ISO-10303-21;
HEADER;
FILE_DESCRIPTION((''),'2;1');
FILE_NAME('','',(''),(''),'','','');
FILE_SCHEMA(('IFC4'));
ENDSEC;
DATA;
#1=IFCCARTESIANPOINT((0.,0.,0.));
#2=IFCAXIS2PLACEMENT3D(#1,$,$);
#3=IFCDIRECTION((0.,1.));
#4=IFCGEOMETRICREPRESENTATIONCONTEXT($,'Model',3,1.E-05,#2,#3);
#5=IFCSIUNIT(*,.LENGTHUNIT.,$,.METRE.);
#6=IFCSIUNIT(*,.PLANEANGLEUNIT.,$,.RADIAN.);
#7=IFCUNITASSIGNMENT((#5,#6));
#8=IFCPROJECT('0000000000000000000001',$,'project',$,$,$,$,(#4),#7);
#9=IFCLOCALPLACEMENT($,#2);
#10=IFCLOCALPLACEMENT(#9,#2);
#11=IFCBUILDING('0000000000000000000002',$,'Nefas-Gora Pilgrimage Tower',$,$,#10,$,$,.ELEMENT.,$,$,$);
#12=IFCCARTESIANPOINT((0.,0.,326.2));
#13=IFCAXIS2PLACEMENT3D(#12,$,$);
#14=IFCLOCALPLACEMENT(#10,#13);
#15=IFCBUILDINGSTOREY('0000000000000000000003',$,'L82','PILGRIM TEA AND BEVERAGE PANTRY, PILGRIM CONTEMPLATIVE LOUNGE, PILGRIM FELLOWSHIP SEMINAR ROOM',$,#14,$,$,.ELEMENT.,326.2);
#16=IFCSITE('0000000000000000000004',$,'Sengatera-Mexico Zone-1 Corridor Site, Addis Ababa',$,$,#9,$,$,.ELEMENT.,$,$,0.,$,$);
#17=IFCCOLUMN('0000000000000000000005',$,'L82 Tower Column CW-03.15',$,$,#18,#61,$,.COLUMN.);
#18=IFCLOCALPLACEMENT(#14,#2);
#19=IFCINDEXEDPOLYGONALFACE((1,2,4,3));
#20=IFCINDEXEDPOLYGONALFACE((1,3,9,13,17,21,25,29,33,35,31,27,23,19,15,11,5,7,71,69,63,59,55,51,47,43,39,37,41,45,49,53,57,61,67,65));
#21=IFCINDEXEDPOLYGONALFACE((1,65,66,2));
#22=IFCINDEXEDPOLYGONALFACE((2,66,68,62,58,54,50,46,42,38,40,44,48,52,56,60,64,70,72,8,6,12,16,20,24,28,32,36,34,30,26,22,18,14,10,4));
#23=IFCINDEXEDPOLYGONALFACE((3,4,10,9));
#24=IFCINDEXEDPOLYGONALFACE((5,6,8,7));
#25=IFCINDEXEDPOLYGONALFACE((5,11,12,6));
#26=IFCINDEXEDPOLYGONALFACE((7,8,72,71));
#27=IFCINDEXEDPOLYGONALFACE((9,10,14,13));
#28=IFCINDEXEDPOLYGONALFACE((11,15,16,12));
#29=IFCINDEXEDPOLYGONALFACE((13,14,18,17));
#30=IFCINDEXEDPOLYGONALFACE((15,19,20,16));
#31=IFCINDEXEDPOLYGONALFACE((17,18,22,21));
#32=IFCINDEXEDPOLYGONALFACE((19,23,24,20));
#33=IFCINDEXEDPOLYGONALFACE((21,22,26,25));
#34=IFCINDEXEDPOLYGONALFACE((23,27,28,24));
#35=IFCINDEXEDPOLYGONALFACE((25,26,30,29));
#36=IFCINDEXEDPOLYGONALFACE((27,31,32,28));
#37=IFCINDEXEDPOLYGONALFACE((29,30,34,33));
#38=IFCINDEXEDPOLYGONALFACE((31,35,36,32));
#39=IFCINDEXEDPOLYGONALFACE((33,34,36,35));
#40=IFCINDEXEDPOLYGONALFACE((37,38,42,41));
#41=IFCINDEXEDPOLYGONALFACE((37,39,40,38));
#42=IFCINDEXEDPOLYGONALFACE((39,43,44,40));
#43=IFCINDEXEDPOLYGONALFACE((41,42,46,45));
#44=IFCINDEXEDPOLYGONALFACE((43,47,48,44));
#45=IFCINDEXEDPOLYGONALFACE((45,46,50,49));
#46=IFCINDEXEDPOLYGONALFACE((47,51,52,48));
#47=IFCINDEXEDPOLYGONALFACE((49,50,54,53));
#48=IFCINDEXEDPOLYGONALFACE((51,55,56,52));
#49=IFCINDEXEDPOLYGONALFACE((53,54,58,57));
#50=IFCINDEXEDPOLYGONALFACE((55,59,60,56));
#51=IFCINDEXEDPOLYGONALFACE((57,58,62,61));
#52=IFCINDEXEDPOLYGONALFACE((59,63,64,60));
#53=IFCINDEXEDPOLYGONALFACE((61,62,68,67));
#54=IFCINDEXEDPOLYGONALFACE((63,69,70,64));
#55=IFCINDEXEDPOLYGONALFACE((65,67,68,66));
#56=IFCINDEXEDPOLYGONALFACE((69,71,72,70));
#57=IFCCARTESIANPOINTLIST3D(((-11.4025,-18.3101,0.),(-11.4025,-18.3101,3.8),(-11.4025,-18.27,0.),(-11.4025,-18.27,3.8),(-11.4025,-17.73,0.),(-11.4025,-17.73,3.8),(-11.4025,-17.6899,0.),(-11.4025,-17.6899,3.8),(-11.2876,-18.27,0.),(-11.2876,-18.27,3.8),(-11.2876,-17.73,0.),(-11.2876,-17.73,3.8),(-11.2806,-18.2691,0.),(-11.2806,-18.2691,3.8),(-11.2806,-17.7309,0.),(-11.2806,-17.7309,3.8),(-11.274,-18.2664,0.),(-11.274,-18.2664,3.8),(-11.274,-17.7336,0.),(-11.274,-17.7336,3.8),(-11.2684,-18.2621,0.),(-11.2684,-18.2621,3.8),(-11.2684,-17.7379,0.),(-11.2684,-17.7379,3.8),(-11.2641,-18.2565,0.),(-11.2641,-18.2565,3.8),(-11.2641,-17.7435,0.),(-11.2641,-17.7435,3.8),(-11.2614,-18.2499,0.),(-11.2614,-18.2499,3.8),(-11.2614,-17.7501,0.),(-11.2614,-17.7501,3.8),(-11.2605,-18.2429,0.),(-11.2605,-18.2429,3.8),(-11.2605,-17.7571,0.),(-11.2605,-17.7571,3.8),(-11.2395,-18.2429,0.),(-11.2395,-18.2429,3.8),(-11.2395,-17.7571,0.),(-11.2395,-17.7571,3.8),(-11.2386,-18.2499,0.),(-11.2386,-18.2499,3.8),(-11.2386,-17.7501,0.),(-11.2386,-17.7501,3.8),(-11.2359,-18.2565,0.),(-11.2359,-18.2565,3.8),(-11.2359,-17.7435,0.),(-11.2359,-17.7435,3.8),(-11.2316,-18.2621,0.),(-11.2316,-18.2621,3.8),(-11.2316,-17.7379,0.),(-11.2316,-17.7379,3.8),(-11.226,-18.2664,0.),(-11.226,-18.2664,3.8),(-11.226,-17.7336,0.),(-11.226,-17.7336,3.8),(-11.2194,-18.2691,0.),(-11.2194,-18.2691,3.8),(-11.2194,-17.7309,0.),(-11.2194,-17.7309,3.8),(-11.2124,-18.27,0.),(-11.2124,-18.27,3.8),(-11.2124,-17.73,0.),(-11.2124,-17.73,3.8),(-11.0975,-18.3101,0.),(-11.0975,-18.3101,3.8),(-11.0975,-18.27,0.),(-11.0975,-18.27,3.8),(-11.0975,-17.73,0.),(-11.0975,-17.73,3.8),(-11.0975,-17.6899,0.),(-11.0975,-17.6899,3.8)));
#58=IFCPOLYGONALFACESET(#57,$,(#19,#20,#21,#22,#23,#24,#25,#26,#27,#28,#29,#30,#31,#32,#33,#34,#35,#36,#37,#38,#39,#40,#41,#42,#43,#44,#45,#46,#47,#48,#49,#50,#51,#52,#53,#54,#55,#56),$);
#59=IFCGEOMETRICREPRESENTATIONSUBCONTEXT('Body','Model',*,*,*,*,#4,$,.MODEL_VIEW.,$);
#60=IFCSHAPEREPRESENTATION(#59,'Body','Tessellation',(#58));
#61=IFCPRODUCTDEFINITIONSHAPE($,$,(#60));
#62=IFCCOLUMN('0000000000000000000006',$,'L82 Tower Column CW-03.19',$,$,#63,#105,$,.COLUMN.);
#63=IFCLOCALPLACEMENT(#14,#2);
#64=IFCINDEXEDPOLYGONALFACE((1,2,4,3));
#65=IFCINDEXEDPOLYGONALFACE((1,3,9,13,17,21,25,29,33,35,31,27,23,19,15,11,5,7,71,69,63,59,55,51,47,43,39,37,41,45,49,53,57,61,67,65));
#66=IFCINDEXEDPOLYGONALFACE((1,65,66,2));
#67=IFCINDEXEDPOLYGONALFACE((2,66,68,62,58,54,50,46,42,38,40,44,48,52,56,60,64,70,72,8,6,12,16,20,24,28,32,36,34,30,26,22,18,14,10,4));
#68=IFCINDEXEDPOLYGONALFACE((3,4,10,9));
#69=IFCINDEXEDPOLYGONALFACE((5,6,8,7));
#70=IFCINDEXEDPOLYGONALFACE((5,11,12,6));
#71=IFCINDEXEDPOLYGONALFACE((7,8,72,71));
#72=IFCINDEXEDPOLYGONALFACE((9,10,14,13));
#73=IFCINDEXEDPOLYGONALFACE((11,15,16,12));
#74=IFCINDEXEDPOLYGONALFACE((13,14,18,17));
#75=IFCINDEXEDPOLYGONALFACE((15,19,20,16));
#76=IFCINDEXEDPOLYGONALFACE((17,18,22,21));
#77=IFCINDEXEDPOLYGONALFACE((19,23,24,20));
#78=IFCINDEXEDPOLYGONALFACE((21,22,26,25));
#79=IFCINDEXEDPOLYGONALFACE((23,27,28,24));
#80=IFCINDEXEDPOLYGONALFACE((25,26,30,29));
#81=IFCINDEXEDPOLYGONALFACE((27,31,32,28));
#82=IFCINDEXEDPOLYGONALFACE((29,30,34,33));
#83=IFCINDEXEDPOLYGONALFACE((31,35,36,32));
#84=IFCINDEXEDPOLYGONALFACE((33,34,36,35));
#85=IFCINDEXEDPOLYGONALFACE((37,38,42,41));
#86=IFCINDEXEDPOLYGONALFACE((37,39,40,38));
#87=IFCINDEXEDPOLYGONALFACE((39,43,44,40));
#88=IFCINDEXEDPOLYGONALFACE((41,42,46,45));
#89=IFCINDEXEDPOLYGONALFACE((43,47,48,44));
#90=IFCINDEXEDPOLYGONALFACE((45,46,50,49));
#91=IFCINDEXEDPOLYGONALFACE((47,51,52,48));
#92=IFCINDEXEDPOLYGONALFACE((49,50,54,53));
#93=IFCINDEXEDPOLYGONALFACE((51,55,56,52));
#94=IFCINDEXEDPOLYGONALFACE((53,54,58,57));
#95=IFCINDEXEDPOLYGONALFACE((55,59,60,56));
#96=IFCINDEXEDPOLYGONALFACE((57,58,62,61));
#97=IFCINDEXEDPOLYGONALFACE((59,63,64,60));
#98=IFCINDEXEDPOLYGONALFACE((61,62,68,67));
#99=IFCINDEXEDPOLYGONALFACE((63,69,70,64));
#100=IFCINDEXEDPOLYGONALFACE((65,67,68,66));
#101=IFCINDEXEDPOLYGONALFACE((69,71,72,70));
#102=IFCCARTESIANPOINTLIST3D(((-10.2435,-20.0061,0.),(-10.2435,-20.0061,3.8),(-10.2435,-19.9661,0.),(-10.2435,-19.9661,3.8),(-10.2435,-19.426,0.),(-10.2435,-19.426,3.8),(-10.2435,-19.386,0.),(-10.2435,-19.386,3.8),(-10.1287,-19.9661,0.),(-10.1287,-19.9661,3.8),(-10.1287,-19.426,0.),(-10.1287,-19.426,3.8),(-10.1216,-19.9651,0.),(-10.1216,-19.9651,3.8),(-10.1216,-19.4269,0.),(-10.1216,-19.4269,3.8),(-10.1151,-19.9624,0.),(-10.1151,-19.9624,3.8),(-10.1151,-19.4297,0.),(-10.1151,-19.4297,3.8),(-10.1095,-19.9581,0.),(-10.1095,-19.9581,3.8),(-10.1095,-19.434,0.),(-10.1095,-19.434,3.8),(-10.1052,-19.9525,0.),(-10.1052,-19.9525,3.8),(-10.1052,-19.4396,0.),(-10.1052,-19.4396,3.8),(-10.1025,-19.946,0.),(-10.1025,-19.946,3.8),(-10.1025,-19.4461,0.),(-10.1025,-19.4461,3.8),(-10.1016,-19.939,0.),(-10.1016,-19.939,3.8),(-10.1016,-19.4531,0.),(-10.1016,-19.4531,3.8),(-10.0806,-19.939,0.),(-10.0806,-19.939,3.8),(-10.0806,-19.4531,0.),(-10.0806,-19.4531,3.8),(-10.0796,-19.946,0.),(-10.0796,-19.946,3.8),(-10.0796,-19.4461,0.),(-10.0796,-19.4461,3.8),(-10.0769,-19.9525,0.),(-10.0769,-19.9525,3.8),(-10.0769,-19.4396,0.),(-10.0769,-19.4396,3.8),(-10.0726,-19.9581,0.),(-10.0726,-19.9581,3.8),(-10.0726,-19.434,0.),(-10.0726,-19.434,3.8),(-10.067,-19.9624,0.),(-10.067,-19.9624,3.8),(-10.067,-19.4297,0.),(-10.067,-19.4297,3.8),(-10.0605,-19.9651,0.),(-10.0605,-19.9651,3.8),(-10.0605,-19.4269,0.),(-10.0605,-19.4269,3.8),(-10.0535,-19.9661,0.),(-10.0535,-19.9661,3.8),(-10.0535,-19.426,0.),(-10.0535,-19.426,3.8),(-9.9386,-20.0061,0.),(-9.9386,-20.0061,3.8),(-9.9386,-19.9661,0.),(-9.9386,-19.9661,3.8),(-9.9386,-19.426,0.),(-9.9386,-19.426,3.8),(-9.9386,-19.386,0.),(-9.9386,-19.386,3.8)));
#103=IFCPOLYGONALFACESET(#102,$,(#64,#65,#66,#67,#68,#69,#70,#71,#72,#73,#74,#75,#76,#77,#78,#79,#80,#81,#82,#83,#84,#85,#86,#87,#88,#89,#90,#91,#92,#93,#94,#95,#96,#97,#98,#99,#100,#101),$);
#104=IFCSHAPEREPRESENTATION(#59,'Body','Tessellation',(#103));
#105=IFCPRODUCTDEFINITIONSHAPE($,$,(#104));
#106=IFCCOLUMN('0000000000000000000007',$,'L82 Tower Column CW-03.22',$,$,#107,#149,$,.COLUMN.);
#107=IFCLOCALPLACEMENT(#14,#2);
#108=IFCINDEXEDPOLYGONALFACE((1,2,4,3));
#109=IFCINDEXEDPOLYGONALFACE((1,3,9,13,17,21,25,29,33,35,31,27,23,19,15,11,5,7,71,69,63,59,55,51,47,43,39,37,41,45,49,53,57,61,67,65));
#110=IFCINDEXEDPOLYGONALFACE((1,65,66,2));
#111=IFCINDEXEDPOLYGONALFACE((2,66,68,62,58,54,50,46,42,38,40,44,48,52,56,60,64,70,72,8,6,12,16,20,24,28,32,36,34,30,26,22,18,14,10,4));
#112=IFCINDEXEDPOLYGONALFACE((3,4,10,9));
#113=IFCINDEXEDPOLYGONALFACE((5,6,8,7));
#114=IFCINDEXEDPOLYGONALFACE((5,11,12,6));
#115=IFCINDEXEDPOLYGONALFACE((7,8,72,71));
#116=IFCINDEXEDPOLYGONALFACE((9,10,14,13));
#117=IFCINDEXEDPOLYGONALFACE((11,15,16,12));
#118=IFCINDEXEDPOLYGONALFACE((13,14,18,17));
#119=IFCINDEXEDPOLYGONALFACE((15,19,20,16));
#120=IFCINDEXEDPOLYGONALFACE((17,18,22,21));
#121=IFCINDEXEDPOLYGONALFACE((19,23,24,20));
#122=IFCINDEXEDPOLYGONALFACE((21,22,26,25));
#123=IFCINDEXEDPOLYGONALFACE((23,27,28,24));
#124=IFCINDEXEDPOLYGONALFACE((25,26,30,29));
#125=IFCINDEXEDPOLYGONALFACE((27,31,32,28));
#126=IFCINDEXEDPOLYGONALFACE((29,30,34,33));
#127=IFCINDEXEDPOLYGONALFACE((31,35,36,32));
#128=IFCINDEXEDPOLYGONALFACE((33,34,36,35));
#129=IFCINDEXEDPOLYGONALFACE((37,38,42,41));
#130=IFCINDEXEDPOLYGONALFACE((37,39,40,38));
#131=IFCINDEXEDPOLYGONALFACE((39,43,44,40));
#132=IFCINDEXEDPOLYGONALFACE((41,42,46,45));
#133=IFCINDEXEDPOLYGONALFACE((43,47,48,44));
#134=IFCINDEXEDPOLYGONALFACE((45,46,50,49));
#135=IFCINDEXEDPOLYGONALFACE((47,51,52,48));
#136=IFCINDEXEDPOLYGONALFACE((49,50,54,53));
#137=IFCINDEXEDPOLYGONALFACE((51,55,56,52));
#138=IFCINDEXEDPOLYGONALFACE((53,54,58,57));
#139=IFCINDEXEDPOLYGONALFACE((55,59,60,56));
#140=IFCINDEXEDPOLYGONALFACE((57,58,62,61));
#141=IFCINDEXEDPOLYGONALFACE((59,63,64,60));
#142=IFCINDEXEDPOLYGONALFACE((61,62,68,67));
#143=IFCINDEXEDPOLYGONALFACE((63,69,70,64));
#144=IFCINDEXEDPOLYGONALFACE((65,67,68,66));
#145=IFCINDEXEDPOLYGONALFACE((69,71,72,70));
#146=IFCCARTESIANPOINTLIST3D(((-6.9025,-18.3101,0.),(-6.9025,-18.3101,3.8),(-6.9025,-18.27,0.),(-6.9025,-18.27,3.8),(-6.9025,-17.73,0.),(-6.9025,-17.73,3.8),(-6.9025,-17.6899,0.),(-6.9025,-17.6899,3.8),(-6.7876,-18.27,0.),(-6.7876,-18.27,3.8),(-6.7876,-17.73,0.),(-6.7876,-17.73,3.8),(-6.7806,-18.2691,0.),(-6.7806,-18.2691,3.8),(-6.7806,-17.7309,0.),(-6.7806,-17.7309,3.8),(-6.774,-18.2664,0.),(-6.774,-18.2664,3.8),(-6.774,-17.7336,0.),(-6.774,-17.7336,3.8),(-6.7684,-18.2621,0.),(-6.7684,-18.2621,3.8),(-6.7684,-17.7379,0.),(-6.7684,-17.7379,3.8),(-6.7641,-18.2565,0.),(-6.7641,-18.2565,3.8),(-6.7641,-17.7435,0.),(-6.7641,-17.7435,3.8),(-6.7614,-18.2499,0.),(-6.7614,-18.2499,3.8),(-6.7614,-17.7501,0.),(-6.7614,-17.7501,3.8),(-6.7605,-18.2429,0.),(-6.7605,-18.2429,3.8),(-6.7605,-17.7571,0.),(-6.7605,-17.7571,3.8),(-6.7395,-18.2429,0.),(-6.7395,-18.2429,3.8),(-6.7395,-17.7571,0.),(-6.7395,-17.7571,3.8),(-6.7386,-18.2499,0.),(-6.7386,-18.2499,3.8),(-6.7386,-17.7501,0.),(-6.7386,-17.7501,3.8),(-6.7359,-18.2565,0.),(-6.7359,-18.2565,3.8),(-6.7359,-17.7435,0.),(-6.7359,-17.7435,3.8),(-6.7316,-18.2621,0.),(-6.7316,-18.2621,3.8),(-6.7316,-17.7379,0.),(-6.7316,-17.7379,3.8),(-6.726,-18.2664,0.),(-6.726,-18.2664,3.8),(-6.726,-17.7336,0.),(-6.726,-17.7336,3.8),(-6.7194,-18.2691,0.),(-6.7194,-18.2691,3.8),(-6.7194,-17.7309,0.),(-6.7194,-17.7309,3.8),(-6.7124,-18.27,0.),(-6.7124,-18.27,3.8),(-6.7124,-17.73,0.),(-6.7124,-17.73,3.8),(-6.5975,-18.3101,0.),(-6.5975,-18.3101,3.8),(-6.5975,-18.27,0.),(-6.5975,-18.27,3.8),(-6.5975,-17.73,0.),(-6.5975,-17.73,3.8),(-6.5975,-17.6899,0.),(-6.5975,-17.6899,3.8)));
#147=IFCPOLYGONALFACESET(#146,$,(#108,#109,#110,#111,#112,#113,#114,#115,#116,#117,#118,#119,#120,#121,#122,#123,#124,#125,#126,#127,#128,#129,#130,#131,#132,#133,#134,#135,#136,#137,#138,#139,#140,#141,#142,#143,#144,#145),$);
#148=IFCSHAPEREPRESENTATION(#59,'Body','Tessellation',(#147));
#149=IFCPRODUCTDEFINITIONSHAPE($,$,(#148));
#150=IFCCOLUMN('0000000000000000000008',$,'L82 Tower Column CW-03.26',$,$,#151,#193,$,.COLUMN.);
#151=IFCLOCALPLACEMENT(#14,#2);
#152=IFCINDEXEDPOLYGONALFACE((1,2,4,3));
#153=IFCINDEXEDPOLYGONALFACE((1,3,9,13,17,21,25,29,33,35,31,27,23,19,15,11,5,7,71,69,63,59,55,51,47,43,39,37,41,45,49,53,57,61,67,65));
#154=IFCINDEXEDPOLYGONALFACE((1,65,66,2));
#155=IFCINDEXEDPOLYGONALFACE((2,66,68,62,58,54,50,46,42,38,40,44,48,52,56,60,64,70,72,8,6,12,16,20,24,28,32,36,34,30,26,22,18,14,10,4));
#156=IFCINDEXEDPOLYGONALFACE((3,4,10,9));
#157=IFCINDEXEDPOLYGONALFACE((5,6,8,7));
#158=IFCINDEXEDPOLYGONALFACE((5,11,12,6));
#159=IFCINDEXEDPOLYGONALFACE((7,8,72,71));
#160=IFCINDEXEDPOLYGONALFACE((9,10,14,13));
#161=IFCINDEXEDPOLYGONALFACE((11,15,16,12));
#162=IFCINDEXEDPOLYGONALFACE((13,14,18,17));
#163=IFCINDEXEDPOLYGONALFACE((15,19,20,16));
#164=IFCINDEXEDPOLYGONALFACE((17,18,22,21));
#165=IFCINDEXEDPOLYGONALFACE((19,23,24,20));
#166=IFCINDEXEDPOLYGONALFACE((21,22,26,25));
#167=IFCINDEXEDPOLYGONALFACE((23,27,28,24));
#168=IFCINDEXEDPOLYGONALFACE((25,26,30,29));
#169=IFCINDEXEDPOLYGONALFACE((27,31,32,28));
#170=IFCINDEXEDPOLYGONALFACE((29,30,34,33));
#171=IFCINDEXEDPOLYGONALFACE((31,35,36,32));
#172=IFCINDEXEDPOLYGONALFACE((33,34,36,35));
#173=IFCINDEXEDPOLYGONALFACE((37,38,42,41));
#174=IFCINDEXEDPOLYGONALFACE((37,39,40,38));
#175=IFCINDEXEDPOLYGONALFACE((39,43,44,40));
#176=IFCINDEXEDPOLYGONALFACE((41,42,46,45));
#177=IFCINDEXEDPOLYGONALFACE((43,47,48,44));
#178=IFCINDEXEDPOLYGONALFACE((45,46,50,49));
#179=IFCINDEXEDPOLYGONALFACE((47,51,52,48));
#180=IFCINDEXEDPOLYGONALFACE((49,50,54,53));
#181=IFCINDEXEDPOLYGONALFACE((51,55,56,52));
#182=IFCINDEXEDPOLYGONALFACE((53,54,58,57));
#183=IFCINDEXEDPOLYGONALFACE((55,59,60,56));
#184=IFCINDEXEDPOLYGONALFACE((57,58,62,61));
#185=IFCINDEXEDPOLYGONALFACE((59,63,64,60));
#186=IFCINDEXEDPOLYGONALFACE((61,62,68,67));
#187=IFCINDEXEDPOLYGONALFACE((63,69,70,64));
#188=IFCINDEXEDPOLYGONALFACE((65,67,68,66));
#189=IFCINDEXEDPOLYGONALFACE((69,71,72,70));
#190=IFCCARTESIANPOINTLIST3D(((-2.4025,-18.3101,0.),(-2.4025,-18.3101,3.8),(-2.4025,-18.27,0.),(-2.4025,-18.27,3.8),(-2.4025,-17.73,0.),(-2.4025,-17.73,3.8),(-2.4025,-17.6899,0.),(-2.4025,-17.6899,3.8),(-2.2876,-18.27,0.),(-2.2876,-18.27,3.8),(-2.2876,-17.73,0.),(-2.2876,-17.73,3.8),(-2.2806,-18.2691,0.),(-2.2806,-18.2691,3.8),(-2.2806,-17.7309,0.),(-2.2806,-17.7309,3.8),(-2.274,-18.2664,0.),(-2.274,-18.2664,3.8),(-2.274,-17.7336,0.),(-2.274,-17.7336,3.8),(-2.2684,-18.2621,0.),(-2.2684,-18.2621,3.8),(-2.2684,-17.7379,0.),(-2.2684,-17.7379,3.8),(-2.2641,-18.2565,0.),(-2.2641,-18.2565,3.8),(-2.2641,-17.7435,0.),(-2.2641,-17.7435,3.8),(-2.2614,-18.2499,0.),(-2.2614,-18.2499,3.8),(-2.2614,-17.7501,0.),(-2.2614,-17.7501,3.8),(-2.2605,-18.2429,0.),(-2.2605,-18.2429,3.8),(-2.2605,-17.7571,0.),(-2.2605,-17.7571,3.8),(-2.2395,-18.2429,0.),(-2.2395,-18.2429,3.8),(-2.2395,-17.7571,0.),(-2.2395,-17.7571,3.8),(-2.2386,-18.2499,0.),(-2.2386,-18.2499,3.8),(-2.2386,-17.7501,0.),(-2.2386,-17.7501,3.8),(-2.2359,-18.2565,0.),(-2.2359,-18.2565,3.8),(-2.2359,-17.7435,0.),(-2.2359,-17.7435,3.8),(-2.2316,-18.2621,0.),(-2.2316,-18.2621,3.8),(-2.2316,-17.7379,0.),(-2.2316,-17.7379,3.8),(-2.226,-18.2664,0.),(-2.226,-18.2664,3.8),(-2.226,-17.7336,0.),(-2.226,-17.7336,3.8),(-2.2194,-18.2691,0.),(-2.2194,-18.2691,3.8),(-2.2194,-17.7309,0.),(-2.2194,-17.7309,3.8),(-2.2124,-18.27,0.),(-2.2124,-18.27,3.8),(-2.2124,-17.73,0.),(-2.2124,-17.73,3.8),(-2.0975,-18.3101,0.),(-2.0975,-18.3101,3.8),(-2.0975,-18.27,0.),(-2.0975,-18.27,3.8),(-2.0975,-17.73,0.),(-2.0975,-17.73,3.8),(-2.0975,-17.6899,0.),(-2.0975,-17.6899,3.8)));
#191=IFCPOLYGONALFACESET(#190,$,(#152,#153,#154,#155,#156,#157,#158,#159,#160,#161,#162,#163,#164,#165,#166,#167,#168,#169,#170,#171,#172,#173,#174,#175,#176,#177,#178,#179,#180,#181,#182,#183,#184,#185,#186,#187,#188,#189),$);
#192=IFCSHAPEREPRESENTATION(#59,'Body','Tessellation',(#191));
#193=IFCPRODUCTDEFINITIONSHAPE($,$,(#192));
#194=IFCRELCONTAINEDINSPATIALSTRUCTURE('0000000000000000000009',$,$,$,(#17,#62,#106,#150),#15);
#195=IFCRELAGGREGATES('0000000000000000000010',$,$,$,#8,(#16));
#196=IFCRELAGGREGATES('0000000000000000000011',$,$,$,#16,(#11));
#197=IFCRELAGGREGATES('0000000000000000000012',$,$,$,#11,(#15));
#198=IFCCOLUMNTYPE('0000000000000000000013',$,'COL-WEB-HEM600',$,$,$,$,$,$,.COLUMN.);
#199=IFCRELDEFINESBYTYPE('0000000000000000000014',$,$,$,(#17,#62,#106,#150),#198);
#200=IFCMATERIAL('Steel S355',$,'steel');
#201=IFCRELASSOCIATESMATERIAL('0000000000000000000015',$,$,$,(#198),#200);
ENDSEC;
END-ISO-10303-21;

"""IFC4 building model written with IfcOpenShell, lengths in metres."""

from ifc_helpers import new_model, si_unit, direction, frame, origin, origin_2d, place, context, subcontext, project, spatial, i_section, extrude, source, transform, mapped, material, material_profile, profile_set, type_object, element, save


model = new_model("IFC4")

# Units and contexts
model_context = context("Model", 3, precision=1e-05, world=origin(), true_north=direction((0.0, 1.0)))
body_context = subcontext(model_context, "Body", "Model", "MODEL_VIEW")
ifc_project = project(units=[si_unit("LENGTHUNIT", "METRE"), si_unit("PLANEANGLEUNIT", "RADIAN")], contexts=[model_context])

# Site, building, storey
site_placement = place(None, origin())
site = spatial("IfcSite", under=ifc_project, at=site_placement, Name="Sengatera-Mexico Zone-1 Corridor Site, Addis Ababa", CompositionType="ELEMENT", RefElevation=0.0)
building_placement = place(site_placement, origin())
building = spatial("IfcBuilding", under=site, at=building_placement, Name="Nefas-Gora Pilgrimage Tower", CompositionType="ELEMENT")
storey_placement = place(building_placement, frame((0.0, 0.0, 326.2)))
storey = spatial("IfcBuildingStorey", under=building, at=storey_placement, Name="L82", Description="PILGRIM TEA AND BEVERAGE PANTRY, PILGRIM CONTEMPLATIVE LOUNGE, PILGRIM FELLOWSHIP SEMINAR ROOM", CompositionType="ELEMENT", Elevation=326.2)

# Columns
ifc_material_1 = material(Name="Steel S355", Category="steel")
ifc_material_profile_1 = material_profile(ifc_material_1, i_section(OverallWidth=0.3049, OverallDepth=0.6201, WebThickness=0.021, FlangeThickness=0.04, FilletRadius=0.0271, at=origin_2d()), Name="HEM 600")
ifc_profile_set_1 = profile_set([ifc_material_profile_1], Name="Steel S355")
column_type_1 = type_object("IfcColumnType", Name="COL-WEB-HEM600", PredefinedType="COLUMN", material=ifc_profile_set_1)
shared_shape_1 = source(origin(), body_context, "Body", "SweptSolid", [
    extrude(i_section(OverallWidth=0.3049, OverallDepth=0.6201, WebThickness=0.021, FlangeThickness=0.04, FilletRadius=0.0271, at=origin_2d()), origin(), (0.0, 0.0, 1.0), 3.8),
])
for number, where, z_axis, x_axis, name in (
    (1, (-11.25, -18.0, 0.0), (0.0, 0.0, 1.0), (1.0, 0.0, 0.0), "L82 Tower Column CW-03.15"),
    (2, (-10.0911, -19.696, 0.0), (0.0, 0.0, 1.0), (1.0, 0.0, 0.0), "L82 Tower Column CW-03.19"),
    (3, (-6.75, -18.0, 0.0), (0.0, 0.0, 1.0), (1.0, 0.0, 0.0), "L82 Tower Column CW-03.22"),
    (4, (-2.25, -18.0, 0.0), (0.0, 0.0, 1.0), (1.0, 0.0, 0.0), "L82 Tower Column CW-03.26"),
):
    element("IfcColumn", number, at=place(storey_placement, frame(where, z_axis=z_axis, x_axis=x_axis)), inside=storey, type_object=column_type_1, Name=name, PredefinedType="COLUMN", context=body_context, shape_type="MappedRepresentation", body=[
        mapped(shared_shape_1, transform((0.0, 0.0, 0.0), x_axis=(1.0, 0.0, 0.0), y_axis=(0.0, 1.0, 0.0), z_axis=(0.0, 0.0, 1.0), scale=1.0)),
    ])

save(model, "model.ifc")
